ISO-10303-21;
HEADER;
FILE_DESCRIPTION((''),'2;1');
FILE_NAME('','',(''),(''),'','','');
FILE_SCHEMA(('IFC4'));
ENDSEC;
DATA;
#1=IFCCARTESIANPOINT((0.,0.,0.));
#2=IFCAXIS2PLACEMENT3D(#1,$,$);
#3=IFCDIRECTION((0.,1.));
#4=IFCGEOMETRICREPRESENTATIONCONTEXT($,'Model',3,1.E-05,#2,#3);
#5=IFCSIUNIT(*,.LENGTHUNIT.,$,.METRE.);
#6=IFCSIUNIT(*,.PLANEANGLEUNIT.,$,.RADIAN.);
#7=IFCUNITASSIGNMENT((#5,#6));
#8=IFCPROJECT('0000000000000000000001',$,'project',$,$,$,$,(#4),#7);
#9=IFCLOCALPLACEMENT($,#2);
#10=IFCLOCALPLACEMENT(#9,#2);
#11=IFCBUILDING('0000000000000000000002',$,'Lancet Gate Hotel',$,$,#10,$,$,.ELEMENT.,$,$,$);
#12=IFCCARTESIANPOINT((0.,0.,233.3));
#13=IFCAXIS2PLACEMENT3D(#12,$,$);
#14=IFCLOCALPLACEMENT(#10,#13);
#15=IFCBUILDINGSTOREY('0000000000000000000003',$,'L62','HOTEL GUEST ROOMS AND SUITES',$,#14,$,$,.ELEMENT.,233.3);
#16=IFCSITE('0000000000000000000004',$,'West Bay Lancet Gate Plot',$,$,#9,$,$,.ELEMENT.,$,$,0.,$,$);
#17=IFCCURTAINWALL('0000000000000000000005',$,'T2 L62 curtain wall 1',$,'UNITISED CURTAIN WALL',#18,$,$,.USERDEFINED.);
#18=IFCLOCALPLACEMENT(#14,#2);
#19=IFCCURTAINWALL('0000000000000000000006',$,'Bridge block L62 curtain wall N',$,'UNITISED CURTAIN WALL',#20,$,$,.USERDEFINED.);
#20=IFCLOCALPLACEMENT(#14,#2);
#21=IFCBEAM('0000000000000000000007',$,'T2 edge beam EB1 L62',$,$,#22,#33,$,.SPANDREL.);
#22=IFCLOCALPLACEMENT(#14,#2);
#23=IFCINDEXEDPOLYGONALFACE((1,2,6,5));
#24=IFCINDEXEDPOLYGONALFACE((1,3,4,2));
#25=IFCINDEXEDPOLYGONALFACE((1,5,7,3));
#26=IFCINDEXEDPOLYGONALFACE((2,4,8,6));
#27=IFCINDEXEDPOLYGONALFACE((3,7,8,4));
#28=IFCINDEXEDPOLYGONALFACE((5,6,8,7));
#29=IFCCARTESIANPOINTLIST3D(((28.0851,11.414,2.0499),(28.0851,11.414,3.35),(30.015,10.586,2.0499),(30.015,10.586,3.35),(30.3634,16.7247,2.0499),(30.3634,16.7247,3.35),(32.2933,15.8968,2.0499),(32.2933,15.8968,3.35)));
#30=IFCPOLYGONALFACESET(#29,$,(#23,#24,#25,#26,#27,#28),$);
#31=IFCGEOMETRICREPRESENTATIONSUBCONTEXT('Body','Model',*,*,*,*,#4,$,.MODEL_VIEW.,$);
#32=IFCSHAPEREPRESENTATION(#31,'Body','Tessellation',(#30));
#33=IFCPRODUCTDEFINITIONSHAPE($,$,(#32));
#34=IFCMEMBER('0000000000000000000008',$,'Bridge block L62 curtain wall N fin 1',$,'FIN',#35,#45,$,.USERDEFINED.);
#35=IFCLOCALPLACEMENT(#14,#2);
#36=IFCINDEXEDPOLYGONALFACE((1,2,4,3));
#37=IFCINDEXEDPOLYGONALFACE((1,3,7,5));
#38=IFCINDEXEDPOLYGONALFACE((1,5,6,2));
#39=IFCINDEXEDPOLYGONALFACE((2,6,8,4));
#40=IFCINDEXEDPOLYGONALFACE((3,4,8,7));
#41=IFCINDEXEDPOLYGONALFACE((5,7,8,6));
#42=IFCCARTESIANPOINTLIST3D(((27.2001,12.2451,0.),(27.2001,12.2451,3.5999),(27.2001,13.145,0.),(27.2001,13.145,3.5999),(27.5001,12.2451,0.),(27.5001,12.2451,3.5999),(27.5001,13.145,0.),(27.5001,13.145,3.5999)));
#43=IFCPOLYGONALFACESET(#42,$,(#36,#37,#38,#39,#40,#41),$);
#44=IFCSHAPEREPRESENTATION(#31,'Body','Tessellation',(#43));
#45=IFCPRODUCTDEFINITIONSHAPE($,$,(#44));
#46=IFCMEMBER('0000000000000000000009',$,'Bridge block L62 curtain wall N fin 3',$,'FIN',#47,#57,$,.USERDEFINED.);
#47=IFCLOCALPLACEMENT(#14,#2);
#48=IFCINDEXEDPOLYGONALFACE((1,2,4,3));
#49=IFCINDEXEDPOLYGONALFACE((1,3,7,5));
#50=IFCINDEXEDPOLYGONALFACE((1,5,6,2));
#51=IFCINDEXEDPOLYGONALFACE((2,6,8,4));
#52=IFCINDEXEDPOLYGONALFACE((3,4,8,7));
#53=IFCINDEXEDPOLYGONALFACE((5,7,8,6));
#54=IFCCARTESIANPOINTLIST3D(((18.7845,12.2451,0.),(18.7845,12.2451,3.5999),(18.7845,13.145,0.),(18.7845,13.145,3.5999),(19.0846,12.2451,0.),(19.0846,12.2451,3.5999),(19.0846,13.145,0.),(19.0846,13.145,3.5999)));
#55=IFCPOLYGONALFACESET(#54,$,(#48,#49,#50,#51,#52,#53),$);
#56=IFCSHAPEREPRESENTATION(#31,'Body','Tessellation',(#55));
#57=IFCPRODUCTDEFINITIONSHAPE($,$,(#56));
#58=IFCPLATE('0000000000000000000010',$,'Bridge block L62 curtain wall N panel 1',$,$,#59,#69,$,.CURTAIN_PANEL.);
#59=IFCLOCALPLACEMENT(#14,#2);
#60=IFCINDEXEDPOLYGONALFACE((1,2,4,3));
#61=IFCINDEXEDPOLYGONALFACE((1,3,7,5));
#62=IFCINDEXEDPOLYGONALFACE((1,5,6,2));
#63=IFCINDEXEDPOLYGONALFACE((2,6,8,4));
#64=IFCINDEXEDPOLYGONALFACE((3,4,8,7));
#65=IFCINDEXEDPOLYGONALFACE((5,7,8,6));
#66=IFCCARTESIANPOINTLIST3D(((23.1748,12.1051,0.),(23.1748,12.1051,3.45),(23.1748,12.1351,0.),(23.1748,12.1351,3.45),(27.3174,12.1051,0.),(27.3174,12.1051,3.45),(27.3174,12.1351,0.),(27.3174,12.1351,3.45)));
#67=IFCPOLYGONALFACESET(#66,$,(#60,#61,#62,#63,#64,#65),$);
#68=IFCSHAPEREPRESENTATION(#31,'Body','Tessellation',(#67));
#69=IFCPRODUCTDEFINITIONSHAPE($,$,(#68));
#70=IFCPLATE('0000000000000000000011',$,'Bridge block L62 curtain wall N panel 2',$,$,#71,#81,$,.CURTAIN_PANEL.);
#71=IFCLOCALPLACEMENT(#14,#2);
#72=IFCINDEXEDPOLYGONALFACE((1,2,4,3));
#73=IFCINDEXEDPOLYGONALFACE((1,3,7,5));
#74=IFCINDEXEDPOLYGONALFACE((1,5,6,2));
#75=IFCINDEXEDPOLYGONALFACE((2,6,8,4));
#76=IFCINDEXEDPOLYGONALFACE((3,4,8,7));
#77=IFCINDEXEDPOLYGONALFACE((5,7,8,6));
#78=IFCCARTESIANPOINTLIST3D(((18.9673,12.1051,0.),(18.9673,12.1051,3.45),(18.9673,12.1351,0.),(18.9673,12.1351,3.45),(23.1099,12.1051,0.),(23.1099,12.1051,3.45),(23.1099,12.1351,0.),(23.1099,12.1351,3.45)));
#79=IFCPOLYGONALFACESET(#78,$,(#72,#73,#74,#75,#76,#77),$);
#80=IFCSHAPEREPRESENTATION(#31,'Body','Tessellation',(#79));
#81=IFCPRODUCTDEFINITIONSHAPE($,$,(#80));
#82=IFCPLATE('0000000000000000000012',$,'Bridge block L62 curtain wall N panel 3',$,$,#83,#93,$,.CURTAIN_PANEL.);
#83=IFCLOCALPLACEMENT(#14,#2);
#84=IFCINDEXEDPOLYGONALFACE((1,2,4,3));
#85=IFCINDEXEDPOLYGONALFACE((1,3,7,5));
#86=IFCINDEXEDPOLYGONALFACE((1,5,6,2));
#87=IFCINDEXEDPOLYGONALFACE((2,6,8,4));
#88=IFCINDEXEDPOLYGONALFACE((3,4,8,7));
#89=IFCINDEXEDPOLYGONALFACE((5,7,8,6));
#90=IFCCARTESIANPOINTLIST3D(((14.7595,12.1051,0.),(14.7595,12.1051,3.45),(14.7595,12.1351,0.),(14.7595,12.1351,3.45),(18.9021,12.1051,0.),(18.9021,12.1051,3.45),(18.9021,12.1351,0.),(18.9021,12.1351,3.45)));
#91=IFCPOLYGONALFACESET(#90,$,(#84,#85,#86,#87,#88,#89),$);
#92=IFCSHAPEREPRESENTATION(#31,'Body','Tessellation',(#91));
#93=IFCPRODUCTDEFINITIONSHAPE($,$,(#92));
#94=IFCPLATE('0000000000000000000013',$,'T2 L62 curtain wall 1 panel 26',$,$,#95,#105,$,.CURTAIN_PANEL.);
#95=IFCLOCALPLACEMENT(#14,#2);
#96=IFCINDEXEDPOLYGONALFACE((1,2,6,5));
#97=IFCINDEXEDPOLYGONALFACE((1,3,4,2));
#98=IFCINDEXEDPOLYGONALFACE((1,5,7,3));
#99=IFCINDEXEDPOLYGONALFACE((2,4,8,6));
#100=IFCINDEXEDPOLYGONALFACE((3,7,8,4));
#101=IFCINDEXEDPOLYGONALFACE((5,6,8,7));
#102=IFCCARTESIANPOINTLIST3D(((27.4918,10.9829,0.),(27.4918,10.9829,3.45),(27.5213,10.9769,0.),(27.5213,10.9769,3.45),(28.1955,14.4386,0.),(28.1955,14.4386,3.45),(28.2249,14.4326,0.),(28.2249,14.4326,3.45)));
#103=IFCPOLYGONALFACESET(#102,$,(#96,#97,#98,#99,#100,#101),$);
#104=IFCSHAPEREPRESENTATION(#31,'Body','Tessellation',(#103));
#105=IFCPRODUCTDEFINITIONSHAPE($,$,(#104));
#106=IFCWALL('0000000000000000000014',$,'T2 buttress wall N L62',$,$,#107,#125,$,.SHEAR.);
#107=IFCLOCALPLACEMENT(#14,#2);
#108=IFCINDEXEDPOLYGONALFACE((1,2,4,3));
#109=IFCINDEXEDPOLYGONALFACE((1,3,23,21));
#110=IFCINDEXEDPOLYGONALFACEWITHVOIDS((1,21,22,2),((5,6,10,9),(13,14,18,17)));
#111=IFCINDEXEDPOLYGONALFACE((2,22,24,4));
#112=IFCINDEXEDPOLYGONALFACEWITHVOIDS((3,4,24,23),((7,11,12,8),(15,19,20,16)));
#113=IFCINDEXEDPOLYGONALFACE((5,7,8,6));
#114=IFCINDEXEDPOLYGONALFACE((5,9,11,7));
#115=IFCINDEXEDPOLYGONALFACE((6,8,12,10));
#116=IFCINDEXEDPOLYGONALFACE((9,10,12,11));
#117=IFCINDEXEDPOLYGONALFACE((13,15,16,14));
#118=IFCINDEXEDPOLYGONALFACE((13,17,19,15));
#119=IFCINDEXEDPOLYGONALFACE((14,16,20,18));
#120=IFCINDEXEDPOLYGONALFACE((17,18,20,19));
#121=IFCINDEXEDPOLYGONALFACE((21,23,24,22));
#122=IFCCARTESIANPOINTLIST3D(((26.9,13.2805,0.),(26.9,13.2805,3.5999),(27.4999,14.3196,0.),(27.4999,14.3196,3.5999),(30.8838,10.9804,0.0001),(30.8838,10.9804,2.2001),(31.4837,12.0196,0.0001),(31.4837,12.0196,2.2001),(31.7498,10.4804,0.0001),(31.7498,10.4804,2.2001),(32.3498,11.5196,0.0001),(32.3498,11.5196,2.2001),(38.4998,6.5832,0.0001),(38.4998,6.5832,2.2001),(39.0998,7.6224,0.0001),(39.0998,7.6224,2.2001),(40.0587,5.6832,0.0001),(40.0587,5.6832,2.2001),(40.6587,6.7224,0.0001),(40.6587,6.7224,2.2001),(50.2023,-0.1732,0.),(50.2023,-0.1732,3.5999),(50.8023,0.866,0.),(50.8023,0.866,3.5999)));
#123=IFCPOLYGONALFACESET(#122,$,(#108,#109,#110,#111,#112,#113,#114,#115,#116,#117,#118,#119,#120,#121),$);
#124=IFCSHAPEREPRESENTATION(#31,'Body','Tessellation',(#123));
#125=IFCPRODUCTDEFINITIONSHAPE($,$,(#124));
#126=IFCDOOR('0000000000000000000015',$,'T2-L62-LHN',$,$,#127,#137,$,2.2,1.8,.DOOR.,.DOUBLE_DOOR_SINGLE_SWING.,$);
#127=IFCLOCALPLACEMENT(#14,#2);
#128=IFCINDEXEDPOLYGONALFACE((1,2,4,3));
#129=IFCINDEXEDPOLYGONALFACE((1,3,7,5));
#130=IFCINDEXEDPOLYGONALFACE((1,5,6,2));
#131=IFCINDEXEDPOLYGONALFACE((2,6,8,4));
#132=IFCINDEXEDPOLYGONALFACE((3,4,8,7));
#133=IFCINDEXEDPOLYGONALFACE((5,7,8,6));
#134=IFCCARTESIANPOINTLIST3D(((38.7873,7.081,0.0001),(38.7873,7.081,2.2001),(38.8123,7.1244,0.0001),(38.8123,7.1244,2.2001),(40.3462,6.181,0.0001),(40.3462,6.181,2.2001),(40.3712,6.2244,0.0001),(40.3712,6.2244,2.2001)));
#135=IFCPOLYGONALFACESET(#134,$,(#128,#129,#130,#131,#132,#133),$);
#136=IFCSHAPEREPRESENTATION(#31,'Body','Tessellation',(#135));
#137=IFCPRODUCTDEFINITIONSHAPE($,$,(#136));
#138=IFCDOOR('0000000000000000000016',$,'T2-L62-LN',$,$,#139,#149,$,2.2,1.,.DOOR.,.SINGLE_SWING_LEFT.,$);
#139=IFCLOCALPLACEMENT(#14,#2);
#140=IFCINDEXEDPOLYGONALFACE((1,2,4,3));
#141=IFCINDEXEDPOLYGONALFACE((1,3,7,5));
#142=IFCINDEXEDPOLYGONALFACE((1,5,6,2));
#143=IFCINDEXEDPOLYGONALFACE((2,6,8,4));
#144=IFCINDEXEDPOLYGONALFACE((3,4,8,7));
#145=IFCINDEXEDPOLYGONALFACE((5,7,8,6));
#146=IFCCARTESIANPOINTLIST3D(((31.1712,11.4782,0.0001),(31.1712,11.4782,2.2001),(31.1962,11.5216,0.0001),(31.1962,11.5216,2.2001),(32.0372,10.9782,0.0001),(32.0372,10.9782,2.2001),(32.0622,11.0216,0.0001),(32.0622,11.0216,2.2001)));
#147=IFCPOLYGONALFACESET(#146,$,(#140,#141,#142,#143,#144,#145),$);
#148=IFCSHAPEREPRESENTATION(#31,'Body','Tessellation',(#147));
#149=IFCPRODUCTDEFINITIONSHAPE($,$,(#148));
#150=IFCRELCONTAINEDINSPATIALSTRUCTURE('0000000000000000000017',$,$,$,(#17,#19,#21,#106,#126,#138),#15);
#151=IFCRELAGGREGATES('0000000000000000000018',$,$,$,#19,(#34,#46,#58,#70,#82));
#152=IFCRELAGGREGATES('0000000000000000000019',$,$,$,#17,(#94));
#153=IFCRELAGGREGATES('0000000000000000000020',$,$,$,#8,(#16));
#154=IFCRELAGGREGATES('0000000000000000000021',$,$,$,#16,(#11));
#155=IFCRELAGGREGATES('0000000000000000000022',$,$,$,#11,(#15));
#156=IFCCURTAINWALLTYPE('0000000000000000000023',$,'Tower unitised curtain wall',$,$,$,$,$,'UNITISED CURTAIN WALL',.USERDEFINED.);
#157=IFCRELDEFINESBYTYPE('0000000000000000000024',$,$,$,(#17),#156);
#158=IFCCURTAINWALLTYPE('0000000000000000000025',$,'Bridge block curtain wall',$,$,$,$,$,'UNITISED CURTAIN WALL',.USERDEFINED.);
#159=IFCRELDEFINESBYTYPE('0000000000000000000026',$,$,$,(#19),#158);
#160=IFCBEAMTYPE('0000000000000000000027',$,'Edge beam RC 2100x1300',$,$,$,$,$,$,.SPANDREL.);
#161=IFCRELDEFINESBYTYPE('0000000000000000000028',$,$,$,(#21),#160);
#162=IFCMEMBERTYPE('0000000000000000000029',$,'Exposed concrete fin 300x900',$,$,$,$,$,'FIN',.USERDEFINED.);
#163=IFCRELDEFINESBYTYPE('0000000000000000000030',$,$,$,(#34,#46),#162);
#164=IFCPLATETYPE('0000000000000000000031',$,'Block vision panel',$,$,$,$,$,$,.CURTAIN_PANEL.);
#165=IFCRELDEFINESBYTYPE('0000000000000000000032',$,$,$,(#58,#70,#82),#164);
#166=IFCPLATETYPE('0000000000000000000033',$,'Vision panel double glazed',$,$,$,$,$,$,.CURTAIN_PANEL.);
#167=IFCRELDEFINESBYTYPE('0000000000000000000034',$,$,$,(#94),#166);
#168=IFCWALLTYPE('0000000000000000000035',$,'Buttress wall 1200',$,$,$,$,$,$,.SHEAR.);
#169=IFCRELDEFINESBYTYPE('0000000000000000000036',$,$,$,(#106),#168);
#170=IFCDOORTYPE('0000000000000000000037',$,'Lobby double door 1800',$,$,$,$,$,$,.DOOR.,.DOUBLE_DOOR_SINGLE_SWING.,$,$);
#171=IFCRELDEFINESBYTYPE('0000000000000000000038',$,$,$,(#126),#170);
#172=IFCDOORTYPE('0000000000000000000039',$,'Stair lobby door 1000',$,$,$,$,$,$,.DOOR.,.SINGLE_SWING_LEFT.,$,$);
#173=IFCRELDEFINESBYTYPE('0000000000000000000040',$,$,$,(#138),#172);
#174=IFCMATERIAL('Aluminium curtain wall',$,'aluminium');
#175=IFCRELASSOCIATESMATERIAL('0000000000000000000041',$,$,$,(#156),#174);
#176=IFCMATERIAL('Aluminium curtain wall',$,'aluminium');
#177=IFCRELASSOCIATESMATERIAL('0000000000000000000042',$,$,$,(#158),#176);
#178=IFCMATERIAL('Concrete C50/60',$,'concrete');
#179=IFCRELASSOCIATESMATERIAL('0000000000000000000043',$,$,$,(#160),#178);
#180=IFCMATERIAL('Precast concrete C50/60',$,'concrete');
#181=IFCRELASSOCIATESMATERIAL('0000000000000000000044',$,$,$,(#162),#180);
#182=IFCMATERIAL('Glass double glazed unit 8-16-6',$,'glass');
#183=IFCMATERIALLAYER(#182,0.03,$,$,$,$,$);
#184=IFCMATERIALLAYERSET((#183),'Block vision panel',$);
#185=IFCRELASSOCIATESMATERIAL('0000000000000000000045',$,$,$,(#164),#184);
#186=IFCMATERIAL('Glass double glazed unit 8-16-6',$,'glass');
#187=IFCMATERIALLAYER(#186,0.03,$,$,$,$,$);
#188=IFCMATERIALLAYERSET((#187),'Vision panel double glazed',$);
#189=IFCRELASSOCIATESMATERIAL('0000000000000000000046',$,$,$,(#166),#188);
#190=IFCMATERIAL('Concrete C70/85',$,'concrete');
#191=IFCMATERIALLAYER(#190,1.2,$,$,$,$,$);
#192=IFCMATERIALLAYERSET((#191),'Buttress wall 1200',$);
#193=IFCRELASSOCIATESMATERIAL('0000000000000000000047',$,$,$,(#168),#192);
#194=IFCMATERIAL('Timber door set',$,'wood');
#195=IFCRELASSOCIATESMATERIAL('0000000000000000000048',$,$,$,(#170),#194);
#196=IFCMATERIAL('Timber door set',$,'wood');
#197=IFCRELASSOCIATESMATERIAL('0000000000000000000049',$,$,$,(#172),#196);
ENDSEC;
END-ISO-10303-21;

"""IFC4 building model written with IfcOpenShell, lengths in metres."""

from ifc_helpers import new_model, si_unit, direction, frame, frame_2d, origin, origin_2d, place, context, subcontext, project, spatial, rectangle, extrude, material, layer, layer_set, material_profile, profile_set, type_object, element, fill, aggregate, save


model = new_model("IFC4")

# Units and contexts
model_context = context("Model", 3, precision=1e-05, world=origin(), true_north=direction((0.0, 1.0)))
body_context = subcontext(model_context, "Body", "Model", "MODEL_VIEW")
ifc_project = project(units=[si_unit("LENGTHUNIT", "METRE"), si_unit("PLANEANGLEUNIT", "RADIAN")], contexts=[model_context])

# Site, building, storey
site_placement = place(None, origin())
site = spatial("IfcSite", under=ifc_project, at=site_placement, Name="West Bay Lancet Gate Plot", CompositionType="ELEMENT", RefElevation=0.0)
building_placement = place(site_placement, origin())
building = spatial("IfcBuilding", under=site, at=building_placement, Name="Lancet Gate Hotel", CompositionType="ELEMENT")
storey_placement = place(building_placement, frame((0.0, 0.0, 233.3)))
storey = spatial("IfcBuildingStorey", under=building, at=storey_placement, Name="L62", Description="HOTEL GUEST ROOMS AND SUITES", CompositionType="ELEMENT", Elevation=233.3)

# Curtain wall
ifc_material_1 = material(Name="Aluminium curtain wall", Category="aluminium")
curtain_wall_type_1 = type_object("IfcCurtainWallType", Name="Tower unitised curtain wall", ElementType="UNITISED CURTAIN WALL", PredefinedType="USERDEFINED", material=ifc_material_1)
curtain_wall_1_placement = place(storey_placement, origin())
curtain_wall_1 = element("IfcCurtainWall", 1, at=curtain_wall_1_placement, inside=storey, type_object=curtain_wall_type_1, Name="T2 L62 curtain wall 1", ObjectType="UNITISED CURTAIN WALL", PredefinedType="USERDEFINED")

# Curtain wall
ifc_material_2 = material(Name="Aluminium curtain wall", Category="aluminium")
curtain_wall_type_2 = type_object("IfcCurtainWallType", Name="Bridge block curtain wall", ElementType="UNITISED CURTAIN WALL", PredefinedType="USERDEFINED", material=ifc_material_2)
curtain_wall_2_placement = place(storey_placement, origin())
curtain_wall_2 = element("IfcCurtainWall", 2, at=curtain_wall_2_placement, inside=storey, type_object=curtain_wall_type_2, Name="Bridge block L62 curtain wall N", ObjectType="UNITISED CURTAIN WALL", PredefinedType="USERDEFINED")

# Beam
ifc_material_3 = material(Name="Concrete C50/60", Category="concrete")
ifc_material_profile_1 = material_profile(ifc_material_3, rectangle(XDim=2.1001, YDim=1.3, at=origin_2d()), Name="RC 2100x1300")
ifc_profile_set_1 = profile_set([ifc_material_profile_1], Name="Concrete C50/60")
beam_type_1 = type_object("IfcBeamType", Name="Edge beam RC 2100x1300", PredefinedType="SPANDREL", material=ifc_profile_set_1)
beam_1_placement = place(storey_placement, frame((29.05, 11.0, 2.7), z_axis=(0.394251, 0.919003, 0.0), x_axis=(-0.919003, 0.394251, 0.0)))
element("IfcBeam", 3, at=beam_1_placement, inside=storey, type_object=beam_type_1, Name="T2 edge beam EB1 L62", PredefinedType="SPANDREL", context=body_context, shape_type="SweptSolid", body=[
    extrude(rectangle(XDim=2.1001, YDim=1.3, at=origin_2d()), origin(), (0.0, 0.0, 1.0), 5.7788),
])

# Members
ifc_material_4 = material(Name="Precast concrete C50/60", Category="concrete")
ifc_material_profile_2 = material_profile(ifc_material_4, rectangle(XDim=0.3, YDim=0.8999, at=origin_2d()), Name="FIN 300x900")
ifc_profile_set_2 = profile_set([ifc_material_profile_2], Name="Precast concrete C50/60")
member_type_1 = type_object("IfcMemberType", Name="Exposed concrete fin 300x900", ElementType="FIN", PredefinedType="USERDEFINED", material=ifc_profile_set_2)
member_1_placement = place(storey_placement, frame((27.3501, 12.6951, 0.0), z_axis=(0.0, 0.0, 1.0), x_axis=(-1.0, 0.0, 0.0)))
member_1 = element("IfcMember", 4, at=member_1_placement, type_object=member_type_1, Name="Bridge block L62 curtain wall N fin 1", ObjectType="FIN", PredefinedType="USERDEFINED", context=body_context, shape_type="SweptSolid", body=[
    extrude(rectangle(XDim=0.3, YDim=0.8999, at=origin_2d()), origin(), (0.0, 0.0, 1.0), 3.5999),
])
member_2_placement = place(storey_placement, frame((18.9346, 12.6951, 0.0), z_axis=(0.0, 0.0, 1.0), x_axis=(-1.0, 0.0, 0.0)))
member_2 = element("IfcMember", 5, at=member_2_placement, type_object=member_type_1, Name="Bridge block L62 curtain wall N fin 3", ObjectType="FIN", PredefinedType="USERDEFINED", context=body_context, shape_type="SweptSolid", body=[
    extrude(rectangle(XDim=0.3, YDim=0.8999, at=origin_2d()), origin(), (0.0, 0.0, 1.0), 3.5999),
])

# Plates
ifc_material_5 = material(Name="Glass double glazed unit 8-16-6", Category="glass")
ifc_layer_1 = layer(ifc_material_5, 0.03)
ifc_layer_set_1 = layer_set([ifc_layer_1], Name="Block vision panel")
plate_type_1 = type_object("IfcPlateType", Name="Block vision panel", PredefinedType="CURTAIN_PANEL", material=ifc_layer_set_1)
plate_1_placement = place(storey_placement, frame((25.2461, 12.1201, 0.0), z_axis=(0.0, 0.0, 1.0), x_axis=(-1.0, 0.0, 0.0)))
plate_1 = element("IfcPlate", 6, at=plate_1_placement, type_object=plate_type_1, Name="Bridge block L62 curtain wall N panel 1", PredefinedType="CURTAIN_PANEL", context=body_context, shape_type="SweptSolid", body=[
    extrude(rectangle(XDim=4.1426, YDim=0.03, at=origin_2d()), origin(), (0.0, 0.0, 1.0), 3.45),
])
plate_2_placement = place(storey_placement, frame((21.0386, 12.1201, 0.0), z_axis=(0.0, 0.0, 1.0), x_axis=(-1.0, 0.0, 0.0)))
plate_2 = element("IfcPlate", 7, at=plate_2_placement, type_object=plate_type_1, Name="Bridge block L62 curtain wall N panel 2", PredefinedType="CURTAIN_PANEL", context=body_context, shape_type="SweptSolid", body=[
    extrude(rectangle(XDim=4.1426, YDim=0.03, at=origin_2d()), origin(), (0.0, 0.0, 1.0), 3.45),
])
plate_3_placement = place(storey_placement, frame((16.8308, 12.1201, 0.0), z_axis=(0.0, 0.0, 1.0), x_axis=(-1.0, 0.0, 0.0)))
plate_3 = element("IfcPlate", 8, at=plate_3_placement, type_object=plate_type_1, Name="Bridge block L62 curtain wall N panel 3", PredefinedType="CURTAIN_PANEL", context=body_context, shape_type="SweptSolid", body=[
    extrude(rectangle(XDim=4.1426, YDim=0.03, at=origin_2d()), origin(), (0.0, 0.0, 1.0), 3.45),
])
aggregate(curtain_wall_2, [member_1, member_2, plate_1, plate_2, plate_3])
ifc_material_6 = material(Name="Glass double glazed unit 8-16-6", Category="glass")
ifc_layer_2 = layer(ifc_material_6, 0.03)
ifc_layer_set_2 = layer_set([ifc_layer_2], Name="Vision panel double glazed")
plate_type_2 = type_object("IfcPlateType", Name="Vision panel double glazed", PredefinedType="CURTAIN_PANEL", material=ifc_layer_set_2)
plate_4_placement = place(storey_placement, frame((27.8584, 12.7078, 0.0), z_axis=(0.0, 0.0, 1.0), x_axis=(-0.199533, -0.979891, 0.0)))
plate_4 = element("IfcPlate", 9, at=plate_4_placement, type_object=plate_type_2, Name="T2 L62 curtain wall 1 panel 26", PredefinedType="CURTAIN_PANEL", context=body_context, shape_type="SweptSolid", body=[
    extrude(rectangle(XDim=3.5266, YDim=0.03, at=origin_2d()), origin(), (0.0, 0.0, 1.0), 3.45),
])
aggregate(curtain_wall_1, [plate_4])

# Wall, openings, doors
ifc_material_7 = material(Name="Concrete C70/85", Category="concrete")
ifc_layer_3 = layer(ifc_material_7, 1.2)
ifc_layer_set_3 = layer_set([ifc_layer_3], Name="Buttress wall 1200")
wall_type_1 = type_object("IfcWallType", Name="Buttress wall 1200", PredefinedType="SHEAR", material=ifc_layer_set_3)
wall_1_placement = place(storey_placement, frame((27.2, 13.8, 0.0), z_axis=(0.0, 0.0, 1.0), x_axis=(0.866025, -0.500002, 0.0)))
wall_1 = element("IfcWall", 10, at=wall_1_placement, inside=storey, type_object=wall_type_1, Name="T2 buttress wall N L62", PredefinedType="SHEAR", context=body_context, shape_type="SweptSolid", body=[
    extrude(rectangle(XDim=26.9072, YDim=1.2, at=frame_2d((13.4536, 0.0))), origin(), (0.0, 0.0, 1.0), 3.5999),
])
opening_1_placement = place(wall_1_placement, frame((4.6001, 0.0, 0.0)))
opening_1 = element("IfcOpeningElement", 11, at=opening_1_placement, cuts=wall_1, PredefinedType="OPENING", context=body_context, shape_type="SweptSolid", body=[
    extrude(rectangle(XDim=1.0, YDim=2.2, at=frame_2d((0.5, 1.1001))), frame((0.0, 0.6099, 0.0), z_axis=(0.0, -1.0, 0.0), x_axis=(1.0, 0.0, 0.0)), (0.0, 0.0, 1.0), 1.22),
])
opening_2_placement = place(wall_1_placement, frame((13.3945, 0.0, 0.0)))
opening_2 = element("IfcOpeningElement", 12, at=opening_2_placement, cuts=wall_1, PredefinedType="OPENING", context=body_context, shape_type="SweptSolid", body=[
    extrude(rectangle(XDim=1.8, YDim=2.2, at=frame_2d((0.8999, 1.1001))), frame((0.0, 0.6099, 0.0), z_axis=(0.0, -1.0, 0.0), x_axis=(1.0, 0.0, 0.0)), (0.0, 0.0, 1.0), 1.22),
])
ifc_material_8 = material(Name="Timber door set", Category="wood")
door_type_1 = type_object("IfcDoorType", Name="Lobby double door 1800", OperationType="DOUBLE_DOOR_SINGLE_SWING", PredefinedType="DOOR", material=ifc_material_8)
door_1_placement = place(opening_2_placement, origin())
door_1 = element("IfcDoor", 13, at=door_1_placement, inside=storey, type_object=door_type_1, Name="T2-L62-LHN", OperationType="DOUBLE_DOOR_SINGLE_SWING", OverallHeight=2.2, OverallWidth=1.8, PredefinedType="DOOR", context=body_context, shape_type="SweptSolid", body=[
    extrude(rectangle(XDim=1.8, YDim=2.2, at=frame_2d((0.8999, 1.1001))), frame((0.0, 0.0249, 0.0), z_axis=(0.0, -1.0, 0.0), x_axis=(1.0, 0.0, 0.0)), (0.0, 0.0, 1.0), 0.05),
])
fill(opening_2, door_1)
ifc_material_9 = material(Name="Timber door set", Category="wood")
door_type_2 = type_object("IfcDoorType", Name="Stair lobby door 1000", OperationType="SINGLE_SWING_LEFT", PredefinedType="DOOR", material=ifc_material_9)
door_2_placement = place(opening_1_placement, origin())
door_2 = element("IfcDoor", 14, at=door_2_placement, inside=storey, type_object=door_type_2, Name="T2-L62-LN", OperationType="SINGLE_SWING_LEFT", OverallHeight=2.2, OverallWidth=1.0, PredefinedType="DOOR", context=body_context, shape_type="SweptSolid", body=[
    extrude(rectangle(XDim=1.0, YDim=2.2, at=frame_2d((0.5, 1.1001))), frame((0.0, 0.0249, 0.0), z_axis=(0.0, -1.0, 0.0), x_axis=(1.0, 0.0, 0.0)), (0.0, 0.0, 1.0), 0.05),
])
fill(opening_1, door_2)

save(model, "model.ifc")
